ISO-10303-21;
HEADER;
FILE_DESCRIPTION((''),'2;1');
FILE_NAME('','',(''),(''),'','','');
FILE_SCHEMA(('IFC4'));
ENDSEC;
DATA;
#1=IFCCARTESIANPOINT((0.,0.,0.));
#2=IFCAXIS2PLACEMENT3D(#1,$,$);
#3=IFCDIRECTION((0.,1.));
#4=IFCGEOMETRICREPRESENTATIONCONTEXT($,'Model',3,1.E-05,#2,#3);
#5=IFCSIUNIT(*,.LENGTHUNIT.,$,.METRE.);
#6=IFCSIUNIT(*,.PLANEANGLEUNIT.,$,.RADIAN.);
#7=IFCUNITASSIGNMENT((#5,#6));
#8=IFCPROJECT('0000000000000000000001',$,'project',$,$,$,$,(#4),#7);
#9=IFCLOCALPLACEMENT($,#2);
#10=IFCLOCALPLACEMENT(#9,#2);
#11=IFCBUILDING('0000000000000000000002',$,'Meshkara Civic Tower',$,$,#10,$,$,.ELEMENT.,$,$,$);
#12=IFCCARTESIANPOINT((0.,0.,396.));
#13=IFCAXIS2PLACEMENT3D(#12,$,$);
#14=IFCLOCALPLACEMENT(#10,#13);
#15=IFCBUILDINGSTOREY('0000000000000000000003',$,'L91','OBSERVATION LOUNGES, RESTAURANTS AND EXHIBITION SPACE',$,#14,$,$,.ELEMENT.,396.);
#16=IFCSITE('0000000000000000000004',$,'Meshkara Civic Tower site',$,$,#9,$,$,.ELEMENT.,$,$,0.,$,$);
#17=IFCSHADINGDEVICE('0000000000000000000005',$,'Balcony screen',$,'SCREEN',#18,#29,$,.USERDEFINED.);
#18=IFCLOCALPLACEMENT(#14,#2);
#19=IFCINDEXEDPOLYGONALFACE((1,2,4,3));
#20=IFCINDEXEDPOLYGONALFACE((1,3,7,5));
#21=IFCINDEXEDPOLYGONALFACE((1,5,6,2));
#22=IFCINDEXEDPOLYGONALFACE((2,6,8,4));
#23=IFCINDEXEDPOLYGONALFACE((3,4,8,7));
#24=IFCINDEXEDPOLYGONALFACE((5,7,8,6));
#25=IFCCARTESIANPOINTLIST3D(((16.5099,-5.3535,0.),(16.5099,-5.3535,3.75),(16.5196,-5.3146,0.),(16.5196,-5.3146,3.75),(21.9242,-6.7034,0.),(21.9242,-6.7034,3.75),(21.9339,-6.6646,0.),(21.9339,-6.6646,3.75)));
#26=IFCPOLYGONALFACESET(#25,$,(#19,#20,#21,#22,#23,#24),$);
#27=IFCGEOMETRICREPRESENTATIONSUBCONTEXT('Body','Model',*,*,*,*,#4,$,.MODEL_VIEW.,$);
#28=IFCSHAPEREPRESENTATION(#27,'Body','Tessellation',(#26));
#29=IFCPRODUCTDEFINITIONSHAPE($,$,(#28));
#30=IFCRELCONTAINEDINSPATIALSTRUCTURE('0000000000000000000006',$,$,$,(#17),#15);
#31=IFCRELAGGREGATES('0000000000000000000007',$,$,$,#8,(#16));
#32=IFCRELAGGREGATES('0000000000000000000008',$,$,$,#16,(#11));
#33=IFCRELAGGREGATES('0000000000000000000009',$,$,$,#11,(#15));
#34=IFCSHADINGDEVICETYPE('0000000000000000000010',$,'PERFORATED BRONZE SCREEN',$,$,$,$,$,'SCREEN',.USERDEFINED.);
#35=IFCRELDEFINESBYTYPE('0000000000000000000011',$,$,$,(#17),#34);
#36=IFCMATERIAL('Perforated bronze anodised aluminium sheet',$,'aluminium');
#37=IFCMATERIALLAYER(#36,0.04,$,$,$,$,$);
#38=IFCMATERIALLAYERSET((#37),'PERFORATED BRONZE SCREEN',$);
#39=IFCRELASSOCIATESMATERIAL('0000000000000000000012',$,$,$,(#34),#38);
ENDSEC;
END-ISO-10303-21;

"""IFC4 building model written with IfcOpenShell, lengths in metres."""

from ifc_helpers import new_model, si_unit, direction, frame, origin, origin_2d, place, context, subcontext, project, spatial, rectangle, extrude, material, layer, layer_set, type_object, element, save


model = new_model("IFC4")

# Units and contexts
model_context = context("Model", 3, precision=1e-05, world=origin(), true_north=direction((0.0, 1.0)))
body_context = subcontext(model_context, "Body", "Model", "MODEL_VIEW")
ifc_project = project(units=[si_unit("LENGTHUNIT", "METRE"), si_unit("PLANEANGLEUNIT", "RADIAN")], contexts=[model_context])

# Site, building, storey
site_placement = place(None, origin())
site = spatial("IfcSite", under=ifc_project, at=site_placement, Name="Meshkara Civic Tower site", CompositionType="ELEMENT", RefElevation=0.0)
building_placement = place(site_placement, origin())
building = spatial("IfcBuilding", under=site, at=building_placement, Name="Meshkara Civic Tower", CompositionType="ELEMENT")
storey_placement = place(building_placement, frame((0.0, 0.0, 396.0)))
storey = spatial("IfcBuildingStorey", under=building, at=storey_placement, Name="L91", Description="OBSERVATION LOUNGES, RESTAURANTS AND EXHIBITION SPACE", CompositionType="ELEMENT", Elevation=396.0)

# Shading device
ifc_material_1 = material(Name="Perforated bronze anodised aluminium sheet", Category="aluminium")
ifc_layer_1 = layer(ifc_material_1, 0.04)
ifc_layer_set_1 = layer_set([ifc_layer_1], Name="PERFORATED BRONZE SCREEN")
shading_device_type = type_object("IfcShadingDeviceType", Name="PERFORATED BRONZE SCREEN", ElementType="SCREEN", PredefinedType="USERDEFINED", material=ifc_layer_set_1)
shading_device_placement = place(storey_placement, frame((19.2219, -6.009, 0.0), z_axis=(0.0, 0.0, 1.0), x_axis=(0.970296, -0.241922, 0.0)))
element("IfcShadingDevice", 1, at=shading_device_placement, inside=storey, type_object=shading_device_type, Name="Balcony screen", ObjectType="SCREEN", PredefinedType="USERDEFINED", context=body_context, shape_type="SweptSolid", body=[
    extrude(rectangle(XDim=5.5801, YDim=0.04, at=origin_2d()), origin(), (0.0, 0.0, 1.0), 3.75),
])

save(model, "model.ifc")
